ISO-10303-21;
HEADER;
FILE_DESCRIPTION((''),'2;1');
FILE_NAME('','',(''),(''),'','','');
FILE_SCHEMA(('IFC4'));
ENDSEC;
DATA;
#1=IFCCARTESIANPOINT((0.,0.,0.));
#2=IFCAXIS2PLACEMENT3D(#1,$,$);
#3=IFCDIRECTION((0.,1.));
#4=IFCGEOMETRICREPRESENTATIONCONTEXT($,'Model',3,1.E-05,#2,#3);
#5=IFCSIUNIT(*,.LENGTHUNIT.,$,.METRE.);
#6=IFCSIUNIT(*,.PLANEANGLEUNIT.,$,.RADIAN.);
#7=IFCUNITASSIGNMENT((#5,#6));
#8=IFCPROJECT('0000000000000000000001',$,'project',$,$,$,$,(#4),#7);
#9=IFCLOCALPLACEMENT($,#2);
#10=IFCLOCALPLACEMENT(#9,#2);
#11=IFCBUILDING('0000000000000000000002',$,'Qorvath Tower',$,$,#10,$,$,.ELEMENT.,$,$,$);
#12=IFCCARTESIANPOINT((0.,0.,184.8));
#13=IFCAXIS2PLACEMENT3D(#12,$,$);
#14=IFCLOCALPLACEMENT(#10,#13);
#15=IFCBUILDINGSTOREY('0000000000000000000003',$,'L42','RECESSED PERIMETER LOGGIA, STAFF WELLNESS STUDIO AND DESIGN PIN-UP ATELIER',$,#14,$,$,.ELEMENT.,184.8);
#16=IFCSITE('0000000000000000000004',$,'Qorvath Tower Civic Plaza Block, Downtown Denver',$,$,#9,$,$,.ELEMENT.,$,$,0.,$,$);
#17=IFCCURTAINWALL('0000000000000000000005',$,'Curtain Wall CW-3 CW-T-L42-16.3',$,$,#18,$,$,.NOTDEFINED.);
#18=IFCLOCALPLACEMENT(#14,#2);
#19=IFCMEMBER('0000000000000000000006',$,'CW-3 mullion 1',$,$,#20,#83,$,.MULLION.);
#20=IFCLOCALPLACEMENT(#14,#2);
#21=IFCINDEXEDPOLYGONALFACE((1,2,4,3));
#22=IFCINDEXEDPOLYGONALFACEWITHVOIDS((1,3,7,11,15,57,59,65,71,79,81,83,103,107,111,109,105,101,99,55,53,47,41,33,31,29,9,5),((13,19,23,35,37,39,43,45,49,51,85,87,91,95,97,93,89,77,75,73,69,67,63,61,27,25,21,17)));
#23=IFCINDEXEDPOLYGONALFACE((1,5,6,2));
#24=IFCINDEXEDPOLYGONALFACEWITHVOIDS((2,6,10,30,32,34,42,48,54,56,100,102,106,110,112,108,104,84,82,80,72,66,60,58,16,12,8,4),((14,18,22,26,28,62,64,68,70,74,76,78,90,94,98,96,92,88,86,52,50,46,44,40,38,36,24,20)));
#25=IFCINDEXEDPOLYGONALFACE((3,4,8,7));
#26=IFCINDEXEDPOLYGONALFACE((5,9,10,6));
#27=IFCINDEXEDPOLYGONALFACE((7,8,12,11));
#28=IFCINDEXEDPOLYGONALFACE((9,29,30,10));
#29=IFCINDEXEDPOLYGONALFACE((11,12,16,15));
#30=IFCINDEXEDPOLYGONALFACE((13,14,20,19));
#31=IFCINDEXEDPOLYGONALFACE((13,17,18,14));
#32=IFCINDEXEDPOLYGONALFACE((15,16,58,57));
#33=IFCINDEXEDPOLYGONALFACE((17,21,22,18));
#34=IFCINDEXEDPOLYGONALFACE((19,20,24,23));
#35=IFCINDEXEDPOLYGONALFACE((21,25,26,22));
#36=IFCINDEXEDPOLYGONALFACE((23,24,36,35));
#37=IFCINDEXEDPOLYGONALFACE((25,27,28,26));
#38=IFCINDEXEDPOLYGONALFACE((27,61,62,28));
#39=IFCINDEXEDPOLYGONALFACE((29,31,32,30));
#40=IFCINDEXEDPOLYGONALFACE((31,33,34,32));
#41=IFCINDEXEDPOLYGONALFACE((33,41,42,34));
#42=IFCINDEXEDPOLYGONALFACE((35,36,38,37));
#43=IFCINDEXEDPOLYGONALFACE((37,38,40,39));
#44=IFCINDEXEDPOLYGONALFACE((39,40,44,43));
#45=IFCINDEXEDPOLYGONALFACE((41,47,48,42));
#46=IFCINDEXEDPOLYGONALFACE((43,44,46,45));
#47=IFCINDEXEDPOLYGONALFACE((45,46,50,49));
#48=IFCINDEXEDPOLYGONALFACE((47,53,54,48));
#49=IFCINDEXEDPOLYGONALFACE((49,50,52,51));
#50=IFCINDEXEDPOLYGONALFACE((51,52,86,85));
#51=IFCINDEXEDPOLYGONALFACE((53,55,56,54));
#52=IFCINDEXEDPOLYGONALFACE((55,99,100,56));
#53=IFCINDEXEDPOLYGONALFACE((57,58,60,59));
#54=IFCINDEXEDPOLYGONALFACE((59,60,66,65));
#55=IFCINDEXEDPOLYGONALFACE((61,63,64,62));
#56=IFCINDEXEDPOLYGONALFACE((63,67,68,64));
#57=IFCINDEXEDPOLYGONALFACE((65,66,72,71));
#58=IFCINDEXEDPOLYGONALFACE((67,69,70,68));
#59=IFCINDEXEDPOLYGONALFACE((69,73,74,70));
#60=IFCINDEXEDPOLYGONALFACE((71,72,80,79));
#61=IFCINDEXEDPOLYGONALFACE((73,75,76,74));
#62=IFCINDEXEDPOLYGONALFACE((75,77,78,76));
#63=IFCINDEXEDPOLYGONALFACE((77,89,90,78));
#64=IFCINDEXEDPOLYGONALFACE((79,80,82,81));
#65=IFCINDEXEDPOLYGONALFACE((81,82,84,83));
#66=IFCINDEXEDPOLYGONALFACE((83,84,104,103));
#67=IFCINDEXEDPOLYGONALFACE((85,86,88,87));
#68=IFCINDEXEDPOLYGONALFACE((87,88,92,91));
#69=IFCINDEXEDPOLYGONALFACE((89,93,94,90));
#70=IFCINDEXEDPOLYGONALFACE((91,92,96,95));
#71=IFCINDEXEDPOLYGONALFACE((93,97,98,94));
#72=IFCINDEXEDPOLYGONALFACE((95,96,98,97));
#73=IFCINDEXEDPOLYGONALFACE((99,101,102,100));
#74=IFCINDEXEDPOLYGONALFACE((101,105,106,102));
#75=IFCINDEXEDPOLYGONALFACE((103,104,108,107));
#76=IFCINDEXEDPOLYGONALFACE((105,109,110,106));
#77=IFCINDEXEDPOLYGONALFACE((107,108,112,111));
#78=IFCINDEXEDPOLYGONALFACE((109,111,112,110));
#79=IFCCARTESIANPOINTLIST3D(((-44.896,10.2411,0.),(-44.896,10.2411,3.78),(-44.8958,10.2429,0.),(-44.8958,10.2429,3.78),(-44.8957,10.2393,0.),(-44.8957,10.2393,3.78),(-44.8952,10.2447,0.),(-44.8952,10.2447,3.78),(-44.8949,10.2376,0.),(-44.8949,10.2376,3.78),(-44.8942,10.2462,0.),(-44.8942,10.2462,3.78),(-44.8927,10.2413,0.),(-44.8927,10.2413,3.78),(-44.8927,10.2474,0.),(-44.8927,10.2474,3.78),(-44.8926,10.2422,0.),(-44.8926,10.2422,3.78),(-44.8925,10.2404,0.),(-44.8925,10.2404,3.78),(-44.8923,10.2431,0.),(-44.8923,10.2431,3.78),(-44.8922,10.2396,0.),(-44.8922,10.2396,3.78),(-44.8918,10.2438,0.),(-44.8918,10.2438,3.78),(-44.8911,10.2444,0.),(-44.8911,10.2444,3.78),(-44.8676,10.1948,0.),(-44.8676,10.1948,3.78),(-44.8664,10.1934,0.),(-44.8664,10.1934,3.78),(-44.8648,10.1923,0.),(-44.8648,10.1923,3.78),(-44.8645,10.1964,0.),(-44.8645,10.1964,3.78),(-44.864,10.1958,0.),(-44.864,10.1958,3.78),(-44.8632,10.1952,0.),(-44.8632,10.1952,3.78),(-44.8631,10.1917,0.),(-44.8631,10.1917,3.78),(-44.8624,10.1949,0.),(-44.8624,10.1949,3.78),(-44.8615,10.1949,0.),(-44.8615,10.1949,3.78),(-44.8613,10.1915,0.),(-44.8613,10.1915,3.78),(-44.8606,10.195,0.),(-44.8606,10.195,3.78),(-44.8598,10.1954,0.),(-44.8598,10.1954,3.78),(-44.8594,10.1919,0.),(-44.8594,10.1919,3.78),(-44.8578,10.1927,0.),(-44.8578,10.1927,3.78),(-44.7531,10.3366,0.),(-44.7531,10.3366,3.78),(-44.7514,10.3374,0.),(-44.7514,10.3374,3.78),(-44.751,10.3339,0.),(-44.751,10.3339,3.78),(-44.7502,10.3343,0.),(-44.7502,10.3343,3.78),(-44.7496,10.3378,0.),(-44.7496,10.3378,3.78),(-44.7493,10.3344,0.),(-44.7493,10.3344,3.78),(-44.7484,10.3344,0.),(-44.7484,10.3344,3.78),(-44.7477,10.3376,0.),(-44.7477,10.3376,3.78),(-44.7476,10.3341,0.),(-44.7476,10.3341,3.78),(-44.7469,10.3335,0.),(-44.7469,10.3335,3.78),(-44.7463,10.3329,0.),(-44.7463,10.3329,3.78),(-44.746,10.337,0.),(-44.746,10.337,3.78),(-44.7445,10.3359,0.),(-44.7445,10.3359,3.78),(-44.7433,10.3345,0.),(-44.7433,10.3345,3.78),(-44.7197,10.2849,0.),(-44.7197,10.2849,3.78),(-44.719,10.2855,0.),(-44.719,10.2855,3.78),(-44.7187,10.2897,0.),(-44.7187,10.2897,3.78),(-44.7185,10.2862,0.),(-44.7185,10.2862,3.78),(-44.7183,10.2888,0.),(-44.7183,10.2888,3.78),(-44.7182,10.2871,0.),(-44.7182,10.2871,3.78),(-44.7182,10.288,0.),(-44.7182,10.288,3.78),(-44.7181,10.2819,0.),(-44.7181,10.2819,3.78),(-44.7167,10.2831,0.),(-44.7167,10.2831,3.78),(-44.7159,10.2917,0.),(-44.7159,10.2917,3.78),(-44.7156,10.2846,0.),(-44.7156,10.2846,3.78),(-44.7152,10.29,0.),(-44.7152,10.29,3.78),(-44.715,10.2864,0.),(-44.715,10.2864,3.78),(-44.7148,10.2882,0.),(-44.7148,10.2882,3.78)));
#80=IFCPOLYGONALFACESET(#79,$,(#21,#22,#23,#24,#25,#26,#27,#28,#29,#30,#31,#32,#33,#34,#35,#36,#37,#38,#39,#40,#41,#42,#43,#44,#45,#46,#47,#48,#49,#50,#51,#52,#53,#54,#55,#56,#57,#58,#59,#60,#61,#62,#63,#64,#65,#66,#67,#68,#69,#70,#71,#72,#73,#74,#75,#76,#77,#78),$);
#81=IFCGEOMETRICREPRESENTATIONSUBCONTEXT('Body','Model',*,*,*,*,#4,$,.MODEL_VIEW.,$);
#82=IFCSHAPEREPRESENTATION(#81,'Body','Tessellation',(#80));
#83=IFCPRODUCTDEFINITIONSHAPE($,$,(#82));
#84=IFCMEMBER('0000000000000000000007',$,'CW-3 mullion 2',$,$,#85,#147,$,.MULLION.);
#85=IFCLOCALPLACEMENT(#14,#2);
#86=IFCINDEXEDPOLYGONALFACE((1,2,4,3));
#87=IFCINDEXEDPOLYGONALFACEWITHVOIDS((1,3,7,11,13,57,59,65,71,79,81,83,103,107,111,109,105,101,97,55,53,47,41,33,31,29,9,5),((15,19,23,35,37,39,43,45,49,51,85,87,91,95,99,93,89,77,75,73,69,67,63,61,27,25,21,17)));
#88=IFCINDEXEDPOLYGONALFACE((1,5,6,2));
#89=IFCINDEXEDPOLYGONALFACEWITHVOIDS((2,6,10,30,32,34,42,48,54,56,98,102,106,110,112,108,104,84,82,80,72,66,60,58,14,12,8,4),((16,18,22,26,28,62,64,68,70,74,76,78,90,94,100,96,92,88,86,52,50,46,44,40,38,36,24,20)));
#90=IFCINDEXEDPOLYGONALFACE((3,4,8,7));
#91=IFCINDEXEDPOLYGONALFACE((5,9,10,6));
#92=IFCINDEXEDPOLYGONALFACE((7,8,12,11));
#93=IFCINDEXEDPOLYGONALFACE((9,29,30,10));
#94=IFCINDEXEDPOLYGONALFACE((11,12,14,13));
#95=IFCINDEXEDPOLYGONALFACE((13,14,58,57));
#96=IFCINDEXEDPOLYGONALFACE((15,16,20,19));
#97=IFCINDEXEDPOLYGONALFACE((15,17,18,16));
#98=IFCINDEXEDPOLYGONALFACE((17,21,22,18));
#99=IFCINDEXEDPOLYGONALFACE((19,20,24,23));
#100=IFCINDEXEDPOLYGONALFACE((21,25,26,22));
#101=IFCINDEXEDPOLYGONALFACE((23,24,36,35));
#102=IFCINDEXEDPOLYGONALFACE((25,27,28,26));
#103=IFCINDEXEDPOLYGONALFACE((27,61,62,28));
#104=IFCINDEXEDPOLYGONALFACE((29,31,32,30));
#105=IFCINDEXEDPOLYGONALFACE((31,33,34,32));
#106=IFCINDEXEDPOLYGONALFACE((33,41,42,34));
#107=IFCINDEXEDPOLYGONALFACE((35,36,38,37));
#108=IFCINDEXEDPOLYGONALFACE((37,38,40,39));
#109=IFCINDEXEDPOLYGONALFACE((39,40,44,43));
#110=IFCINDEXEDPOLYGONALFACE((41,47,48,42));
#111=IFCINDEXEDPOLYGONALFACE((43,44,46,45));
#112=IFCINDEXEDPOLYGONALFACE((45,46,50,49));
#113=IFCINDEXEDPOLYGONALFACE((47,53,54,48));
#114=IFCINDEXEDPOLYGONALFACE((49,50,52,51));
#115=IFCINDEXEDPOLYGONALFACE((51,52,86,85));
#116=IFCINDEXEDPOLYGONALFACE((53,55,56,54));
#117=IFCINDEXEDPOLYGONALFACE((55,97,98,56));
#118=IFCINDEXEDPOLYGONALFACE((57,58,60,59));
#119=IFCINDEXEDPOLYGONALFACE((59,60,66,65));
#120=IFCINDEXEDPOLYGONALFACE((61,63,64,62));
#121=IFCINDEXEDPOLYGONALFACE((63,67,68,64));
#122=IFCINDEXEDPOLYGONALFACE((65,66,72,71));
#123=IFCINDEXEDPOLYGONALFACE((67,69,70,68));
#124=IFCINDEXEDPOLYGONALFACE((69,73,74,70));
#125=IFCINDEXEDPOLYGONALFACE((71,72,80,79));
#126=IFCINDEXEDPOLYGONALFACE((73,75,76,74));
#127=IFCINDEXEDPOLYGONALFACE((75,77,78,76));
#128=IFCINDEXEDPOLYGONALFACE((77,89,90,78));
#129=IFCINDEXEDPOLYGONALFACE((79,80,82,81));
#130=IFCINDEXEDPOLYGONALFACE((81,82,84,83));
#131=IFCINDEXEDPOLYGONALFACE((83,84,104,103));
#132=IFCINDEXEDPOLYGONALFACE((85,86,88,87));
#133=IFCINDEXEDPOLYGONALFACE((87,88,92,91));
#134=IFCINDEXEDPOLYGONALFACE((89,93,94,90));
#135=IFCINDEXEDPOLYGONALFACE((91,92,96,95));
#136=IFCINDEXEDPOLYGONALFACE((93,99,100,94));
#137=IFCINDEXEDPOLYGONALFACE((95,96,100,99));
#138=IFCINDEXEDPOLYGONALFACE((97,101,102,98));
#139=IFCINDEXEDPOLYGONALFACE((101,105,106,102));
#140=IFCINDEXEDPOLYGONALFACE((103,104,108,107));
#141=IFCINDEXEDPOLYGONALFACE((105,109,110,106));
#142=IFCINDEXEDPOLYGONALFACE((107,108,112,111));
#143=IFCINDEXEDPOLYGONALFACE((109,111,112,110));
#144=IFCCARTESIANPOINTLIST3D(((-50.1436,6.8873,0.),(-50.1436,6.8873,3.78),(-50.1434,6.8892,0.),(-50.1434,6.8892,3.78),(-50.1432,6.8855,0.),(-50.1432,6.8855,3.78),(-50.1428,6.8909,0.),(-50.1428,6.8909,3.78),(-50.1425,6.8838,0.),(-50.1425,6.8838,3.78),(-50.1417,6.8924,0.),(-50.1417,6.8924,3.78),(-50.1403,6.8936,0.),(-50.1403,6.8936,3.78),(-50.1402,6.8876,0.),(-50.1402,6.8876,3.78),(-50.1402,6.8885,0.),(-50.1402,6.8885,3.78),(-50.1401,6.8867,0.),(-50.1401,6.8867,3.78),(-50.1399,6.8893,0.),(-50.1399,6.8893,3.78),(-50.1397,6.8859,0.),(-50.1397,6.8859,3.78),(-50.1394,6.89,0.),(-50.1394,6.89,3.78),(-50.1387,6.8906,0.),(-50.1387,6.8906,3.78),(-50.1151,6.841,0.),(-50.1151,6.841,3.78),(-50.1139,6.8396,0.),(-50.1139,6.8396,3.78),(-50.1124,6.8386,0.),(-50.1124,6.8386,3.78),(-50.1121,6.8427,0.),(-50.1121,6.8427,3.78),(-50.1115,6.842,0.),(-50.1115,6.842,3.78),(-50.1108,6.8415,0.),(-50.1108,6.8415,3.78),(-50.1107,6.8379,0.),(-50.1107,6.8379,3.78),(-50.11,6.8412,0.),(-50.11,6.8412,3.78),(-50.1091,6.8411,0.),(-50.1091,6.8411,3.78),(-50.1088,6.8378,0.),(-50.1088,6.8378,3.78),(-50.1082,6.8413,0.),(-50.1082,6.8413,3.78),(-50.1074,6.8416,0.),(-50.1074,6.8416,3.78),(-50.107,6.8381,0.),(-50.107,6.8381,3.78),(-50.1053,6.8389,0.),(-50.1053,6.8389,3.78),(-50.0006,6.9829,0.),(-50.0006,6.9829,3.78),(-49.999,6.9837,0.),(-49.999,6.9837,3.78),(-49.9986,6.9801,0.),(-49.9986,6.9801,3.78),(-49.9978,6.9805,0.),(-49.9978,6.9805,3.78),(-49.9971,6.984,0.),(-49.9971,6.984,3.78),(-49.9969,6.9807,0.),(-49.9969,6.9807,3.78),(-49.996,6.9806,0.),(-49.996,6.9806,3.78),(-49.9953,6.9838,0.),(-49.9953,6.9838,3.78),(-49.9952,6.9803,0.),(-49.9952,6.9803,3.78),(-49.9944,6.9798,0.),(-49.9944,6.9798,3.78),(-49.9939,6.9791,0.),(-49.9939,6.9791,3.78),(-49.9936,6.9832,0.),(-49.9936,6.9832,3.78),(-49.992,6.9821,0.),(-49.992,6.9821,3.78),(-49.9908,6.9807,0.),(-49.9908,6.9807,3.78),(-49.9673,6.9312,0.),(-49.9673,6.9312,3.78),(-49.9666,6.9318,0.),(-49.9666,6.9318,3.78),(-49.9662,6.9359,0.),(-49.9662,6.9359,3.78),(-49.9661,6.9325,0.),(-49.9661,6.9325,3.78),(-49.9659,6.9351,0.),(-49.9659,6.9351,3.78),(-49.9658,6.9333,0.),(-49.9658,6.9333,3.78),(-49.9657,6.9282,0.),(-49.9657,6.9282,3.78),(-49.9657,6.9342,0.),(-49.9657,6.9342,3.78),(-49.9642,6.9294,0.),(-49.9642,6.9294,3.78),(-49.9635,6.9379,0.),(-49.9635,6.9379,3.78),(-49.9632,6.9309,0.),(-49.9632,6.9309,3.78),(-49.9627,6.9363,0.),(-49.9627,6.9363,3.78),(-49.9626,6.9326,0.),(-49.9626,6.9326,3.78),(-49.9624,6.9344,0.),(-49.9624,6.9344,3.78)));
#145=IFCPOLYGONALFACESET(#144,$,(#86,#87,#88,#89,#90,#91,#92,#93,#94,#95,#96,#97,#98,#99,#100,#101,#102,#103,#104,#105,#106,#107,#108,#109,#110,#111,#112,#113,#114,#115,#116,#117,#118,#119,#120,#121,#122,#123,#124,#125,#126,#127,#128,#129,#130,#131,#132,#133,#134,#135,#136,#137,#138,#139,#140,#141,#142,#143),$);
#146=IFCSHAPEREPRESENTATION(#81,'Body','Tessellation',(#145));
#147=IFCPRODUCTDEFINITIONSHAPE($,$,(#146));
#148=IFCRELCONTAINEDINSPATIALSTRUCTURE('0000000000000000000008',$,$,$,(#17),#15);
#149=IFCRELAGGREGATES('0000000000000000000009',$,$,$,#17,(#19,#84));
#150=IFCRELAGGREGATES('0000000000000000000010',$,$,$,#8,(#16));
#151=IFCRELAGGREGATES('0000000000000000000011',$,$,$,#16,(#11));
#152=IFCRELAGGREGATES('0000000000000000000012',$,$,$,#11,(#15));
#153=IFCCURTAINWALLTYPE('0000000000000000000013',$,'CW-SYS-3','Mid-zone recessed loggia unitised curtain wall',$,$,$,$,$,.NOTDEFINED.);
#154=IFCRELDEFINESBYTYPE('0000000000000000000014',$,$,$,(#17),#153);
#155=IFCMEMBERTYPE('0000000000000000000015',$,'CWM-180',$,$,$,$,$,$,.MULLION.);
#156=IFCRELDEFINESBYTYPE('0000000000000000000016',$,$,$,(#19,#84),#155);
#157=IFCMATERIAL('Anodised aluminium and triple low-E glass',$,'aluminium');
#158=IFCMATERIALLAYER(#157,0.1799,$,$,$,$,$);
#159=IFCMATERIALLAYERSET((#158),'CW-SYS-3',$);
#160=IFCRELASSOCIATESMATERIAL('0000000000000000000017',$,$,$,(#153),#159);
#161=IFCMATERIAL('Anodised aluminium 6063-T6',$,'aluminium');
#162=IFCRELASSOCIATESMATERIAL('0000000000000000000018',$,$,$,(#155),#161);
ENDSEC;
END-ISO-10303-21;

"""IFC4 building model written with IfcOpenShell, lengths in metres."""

from ifc_helpers import new_model, si_unit, direction, frame, origin, origin_2d, place, context, subcontext, project, spatial, hollow_rectangle, extrude, material, layer, layer_set, material_profile, profile_set, type_object, element, aggregate, save


model = new_model("IFC4")

# Units and contexts
model_context = context("Model", 3, precision=1e-05, world=origin(), true_north=direction((0.0, 1.0)))
body_context = subcontext(model_context, "Body", "Model", "MODEL_VIEW")
ifc_project = project(units=[si_unit("LENGTHUNIT", "METRE"), si_unit("PLANEANGLEUNIT", "RADIAN")], contexts=[model_context])

# Site, building, storey
site_placement = place(None, origin())
site = spatial("IfcSite", under=ifc_project, at=site_placement, Name="Qorvath Tower Civic Plaza Block, Downtown Denver", CompositionType="ELEMENT", RefElevation=0.0)
building_placement = place(site_placement, origin())
building = spatial("IfcBuilding", under=site, at=building_placement, Name="Qorvath Tower", CompositionType="ELEMENT")
storey_placement = place(building_placement, frame((0.0, 0.0, 184.8)))
storey = spatial("IfcBuildingStorey", under=building, at=storey_placement, Name="L42", Description="RECESSED PERIMETER LOGGIA, STAFF WELLNESS STUDIO AND DESIGN PIN-UP ATELIER", CompositionType="ELEMENT", Elevation=184.8)

# Curtain wall, members
ifc_material_1 = material(Name="Anodised aluminium and triple low-E glass", Category="aluminium")
ifc_layer_1 = layer(ifc_material_1, 0.1799)
ifc_layer_set_1 = layer_set([ifc_layer_1], Name="CW-SYS-3")
curtain_wall_type = type_object("IfcCurtainWallType", Name="CW-SYS-3", Description="Mid-zone recessed loggia unitised curtain wall", PredefinedType="NOTDEFINED", material=ifc_layer_set_1)
ifc_material_2 = material(Name="Anodised aluminium 6063-T6", Category="aluminium")
ifc_material_profile_1 = material_profile(ifc_material_2, hollow_rectangle(XDim=0.0649, YDim=0.1799, WallThickness=0.0034, InnerFilletRadius=0.0034, OuterFilletRadius=0.0071, at=origin_2d()), Name="CWM 180x65")
ifc_profile_set_1 = profile_set([ifc_material_profile_1], Name="Anodised aluminium 6063-T6")
member_type_1 = type_object("IfcMemberType", Name="CWM-180", PredefinedType="MULLION", material=ifc_profile_set_1)
curtain_wall_1_placement = place(storey_placement, origin())
curtain_wall_1 = element("IfcCurtainWall", 1, at=curtain_wall_1_placement, inside=storey, type_object=curtain_wall_type, Name="Curtain Wall CW-3 CW-T-L42-16.3", PredefinedType="NOTDEFINED")
member_1_placement = place(storey_placement, frame((-44.8054, 10.2646, 0.0), z_axis=(0.0, 0.0, 1.0), x_axis=(0.538528, -0.842607, 0.0)))
member_1 = element("IfcMember", 2, at=member_1_placement, type_object=member_type_1, Name="CW-3 mullion 1", PredefinedType="MULLION", context=body_context, shape_type="SweptSolid", body=[
    extrude(hollow_rectangle(XDim=0.0649, YDim=0.1799, WallThickness=0.0034, InnerFilletRadius=0.0034, OuterFilletRadius=0.0071, at=origin_2d()), origin(), (0.0, 0.0, 1.0), 3.78),
])
member_2_placement = place(storey_placement, frame((-50.053, 6.9109, 0.0), z_axis=(0.0, 0.0, 1.0), x_axis=(0.538528, -0.842607, 0.0)))
member_2 = element("IfcMember", 3, at=member_2_placement, type_object=member_type_1, Name="CW-3 mullion 2", PredefinedType="MULLION", context=body_context, shape_type="SweptSolid", body=[
    extrude(hollow_rectangle(XDim=0.0649, YDim=0.1799, WallThickness=0.0034, InnerFilletRadius=0.0034, OuterFilletRadius=0.0071, at=origin_2d()), origin(), (0.0, 0.0, 1.0), 3.78),
])

aggregate(curtain_wall_1, [member_1, member_2])

save(model, "model.ifc")
